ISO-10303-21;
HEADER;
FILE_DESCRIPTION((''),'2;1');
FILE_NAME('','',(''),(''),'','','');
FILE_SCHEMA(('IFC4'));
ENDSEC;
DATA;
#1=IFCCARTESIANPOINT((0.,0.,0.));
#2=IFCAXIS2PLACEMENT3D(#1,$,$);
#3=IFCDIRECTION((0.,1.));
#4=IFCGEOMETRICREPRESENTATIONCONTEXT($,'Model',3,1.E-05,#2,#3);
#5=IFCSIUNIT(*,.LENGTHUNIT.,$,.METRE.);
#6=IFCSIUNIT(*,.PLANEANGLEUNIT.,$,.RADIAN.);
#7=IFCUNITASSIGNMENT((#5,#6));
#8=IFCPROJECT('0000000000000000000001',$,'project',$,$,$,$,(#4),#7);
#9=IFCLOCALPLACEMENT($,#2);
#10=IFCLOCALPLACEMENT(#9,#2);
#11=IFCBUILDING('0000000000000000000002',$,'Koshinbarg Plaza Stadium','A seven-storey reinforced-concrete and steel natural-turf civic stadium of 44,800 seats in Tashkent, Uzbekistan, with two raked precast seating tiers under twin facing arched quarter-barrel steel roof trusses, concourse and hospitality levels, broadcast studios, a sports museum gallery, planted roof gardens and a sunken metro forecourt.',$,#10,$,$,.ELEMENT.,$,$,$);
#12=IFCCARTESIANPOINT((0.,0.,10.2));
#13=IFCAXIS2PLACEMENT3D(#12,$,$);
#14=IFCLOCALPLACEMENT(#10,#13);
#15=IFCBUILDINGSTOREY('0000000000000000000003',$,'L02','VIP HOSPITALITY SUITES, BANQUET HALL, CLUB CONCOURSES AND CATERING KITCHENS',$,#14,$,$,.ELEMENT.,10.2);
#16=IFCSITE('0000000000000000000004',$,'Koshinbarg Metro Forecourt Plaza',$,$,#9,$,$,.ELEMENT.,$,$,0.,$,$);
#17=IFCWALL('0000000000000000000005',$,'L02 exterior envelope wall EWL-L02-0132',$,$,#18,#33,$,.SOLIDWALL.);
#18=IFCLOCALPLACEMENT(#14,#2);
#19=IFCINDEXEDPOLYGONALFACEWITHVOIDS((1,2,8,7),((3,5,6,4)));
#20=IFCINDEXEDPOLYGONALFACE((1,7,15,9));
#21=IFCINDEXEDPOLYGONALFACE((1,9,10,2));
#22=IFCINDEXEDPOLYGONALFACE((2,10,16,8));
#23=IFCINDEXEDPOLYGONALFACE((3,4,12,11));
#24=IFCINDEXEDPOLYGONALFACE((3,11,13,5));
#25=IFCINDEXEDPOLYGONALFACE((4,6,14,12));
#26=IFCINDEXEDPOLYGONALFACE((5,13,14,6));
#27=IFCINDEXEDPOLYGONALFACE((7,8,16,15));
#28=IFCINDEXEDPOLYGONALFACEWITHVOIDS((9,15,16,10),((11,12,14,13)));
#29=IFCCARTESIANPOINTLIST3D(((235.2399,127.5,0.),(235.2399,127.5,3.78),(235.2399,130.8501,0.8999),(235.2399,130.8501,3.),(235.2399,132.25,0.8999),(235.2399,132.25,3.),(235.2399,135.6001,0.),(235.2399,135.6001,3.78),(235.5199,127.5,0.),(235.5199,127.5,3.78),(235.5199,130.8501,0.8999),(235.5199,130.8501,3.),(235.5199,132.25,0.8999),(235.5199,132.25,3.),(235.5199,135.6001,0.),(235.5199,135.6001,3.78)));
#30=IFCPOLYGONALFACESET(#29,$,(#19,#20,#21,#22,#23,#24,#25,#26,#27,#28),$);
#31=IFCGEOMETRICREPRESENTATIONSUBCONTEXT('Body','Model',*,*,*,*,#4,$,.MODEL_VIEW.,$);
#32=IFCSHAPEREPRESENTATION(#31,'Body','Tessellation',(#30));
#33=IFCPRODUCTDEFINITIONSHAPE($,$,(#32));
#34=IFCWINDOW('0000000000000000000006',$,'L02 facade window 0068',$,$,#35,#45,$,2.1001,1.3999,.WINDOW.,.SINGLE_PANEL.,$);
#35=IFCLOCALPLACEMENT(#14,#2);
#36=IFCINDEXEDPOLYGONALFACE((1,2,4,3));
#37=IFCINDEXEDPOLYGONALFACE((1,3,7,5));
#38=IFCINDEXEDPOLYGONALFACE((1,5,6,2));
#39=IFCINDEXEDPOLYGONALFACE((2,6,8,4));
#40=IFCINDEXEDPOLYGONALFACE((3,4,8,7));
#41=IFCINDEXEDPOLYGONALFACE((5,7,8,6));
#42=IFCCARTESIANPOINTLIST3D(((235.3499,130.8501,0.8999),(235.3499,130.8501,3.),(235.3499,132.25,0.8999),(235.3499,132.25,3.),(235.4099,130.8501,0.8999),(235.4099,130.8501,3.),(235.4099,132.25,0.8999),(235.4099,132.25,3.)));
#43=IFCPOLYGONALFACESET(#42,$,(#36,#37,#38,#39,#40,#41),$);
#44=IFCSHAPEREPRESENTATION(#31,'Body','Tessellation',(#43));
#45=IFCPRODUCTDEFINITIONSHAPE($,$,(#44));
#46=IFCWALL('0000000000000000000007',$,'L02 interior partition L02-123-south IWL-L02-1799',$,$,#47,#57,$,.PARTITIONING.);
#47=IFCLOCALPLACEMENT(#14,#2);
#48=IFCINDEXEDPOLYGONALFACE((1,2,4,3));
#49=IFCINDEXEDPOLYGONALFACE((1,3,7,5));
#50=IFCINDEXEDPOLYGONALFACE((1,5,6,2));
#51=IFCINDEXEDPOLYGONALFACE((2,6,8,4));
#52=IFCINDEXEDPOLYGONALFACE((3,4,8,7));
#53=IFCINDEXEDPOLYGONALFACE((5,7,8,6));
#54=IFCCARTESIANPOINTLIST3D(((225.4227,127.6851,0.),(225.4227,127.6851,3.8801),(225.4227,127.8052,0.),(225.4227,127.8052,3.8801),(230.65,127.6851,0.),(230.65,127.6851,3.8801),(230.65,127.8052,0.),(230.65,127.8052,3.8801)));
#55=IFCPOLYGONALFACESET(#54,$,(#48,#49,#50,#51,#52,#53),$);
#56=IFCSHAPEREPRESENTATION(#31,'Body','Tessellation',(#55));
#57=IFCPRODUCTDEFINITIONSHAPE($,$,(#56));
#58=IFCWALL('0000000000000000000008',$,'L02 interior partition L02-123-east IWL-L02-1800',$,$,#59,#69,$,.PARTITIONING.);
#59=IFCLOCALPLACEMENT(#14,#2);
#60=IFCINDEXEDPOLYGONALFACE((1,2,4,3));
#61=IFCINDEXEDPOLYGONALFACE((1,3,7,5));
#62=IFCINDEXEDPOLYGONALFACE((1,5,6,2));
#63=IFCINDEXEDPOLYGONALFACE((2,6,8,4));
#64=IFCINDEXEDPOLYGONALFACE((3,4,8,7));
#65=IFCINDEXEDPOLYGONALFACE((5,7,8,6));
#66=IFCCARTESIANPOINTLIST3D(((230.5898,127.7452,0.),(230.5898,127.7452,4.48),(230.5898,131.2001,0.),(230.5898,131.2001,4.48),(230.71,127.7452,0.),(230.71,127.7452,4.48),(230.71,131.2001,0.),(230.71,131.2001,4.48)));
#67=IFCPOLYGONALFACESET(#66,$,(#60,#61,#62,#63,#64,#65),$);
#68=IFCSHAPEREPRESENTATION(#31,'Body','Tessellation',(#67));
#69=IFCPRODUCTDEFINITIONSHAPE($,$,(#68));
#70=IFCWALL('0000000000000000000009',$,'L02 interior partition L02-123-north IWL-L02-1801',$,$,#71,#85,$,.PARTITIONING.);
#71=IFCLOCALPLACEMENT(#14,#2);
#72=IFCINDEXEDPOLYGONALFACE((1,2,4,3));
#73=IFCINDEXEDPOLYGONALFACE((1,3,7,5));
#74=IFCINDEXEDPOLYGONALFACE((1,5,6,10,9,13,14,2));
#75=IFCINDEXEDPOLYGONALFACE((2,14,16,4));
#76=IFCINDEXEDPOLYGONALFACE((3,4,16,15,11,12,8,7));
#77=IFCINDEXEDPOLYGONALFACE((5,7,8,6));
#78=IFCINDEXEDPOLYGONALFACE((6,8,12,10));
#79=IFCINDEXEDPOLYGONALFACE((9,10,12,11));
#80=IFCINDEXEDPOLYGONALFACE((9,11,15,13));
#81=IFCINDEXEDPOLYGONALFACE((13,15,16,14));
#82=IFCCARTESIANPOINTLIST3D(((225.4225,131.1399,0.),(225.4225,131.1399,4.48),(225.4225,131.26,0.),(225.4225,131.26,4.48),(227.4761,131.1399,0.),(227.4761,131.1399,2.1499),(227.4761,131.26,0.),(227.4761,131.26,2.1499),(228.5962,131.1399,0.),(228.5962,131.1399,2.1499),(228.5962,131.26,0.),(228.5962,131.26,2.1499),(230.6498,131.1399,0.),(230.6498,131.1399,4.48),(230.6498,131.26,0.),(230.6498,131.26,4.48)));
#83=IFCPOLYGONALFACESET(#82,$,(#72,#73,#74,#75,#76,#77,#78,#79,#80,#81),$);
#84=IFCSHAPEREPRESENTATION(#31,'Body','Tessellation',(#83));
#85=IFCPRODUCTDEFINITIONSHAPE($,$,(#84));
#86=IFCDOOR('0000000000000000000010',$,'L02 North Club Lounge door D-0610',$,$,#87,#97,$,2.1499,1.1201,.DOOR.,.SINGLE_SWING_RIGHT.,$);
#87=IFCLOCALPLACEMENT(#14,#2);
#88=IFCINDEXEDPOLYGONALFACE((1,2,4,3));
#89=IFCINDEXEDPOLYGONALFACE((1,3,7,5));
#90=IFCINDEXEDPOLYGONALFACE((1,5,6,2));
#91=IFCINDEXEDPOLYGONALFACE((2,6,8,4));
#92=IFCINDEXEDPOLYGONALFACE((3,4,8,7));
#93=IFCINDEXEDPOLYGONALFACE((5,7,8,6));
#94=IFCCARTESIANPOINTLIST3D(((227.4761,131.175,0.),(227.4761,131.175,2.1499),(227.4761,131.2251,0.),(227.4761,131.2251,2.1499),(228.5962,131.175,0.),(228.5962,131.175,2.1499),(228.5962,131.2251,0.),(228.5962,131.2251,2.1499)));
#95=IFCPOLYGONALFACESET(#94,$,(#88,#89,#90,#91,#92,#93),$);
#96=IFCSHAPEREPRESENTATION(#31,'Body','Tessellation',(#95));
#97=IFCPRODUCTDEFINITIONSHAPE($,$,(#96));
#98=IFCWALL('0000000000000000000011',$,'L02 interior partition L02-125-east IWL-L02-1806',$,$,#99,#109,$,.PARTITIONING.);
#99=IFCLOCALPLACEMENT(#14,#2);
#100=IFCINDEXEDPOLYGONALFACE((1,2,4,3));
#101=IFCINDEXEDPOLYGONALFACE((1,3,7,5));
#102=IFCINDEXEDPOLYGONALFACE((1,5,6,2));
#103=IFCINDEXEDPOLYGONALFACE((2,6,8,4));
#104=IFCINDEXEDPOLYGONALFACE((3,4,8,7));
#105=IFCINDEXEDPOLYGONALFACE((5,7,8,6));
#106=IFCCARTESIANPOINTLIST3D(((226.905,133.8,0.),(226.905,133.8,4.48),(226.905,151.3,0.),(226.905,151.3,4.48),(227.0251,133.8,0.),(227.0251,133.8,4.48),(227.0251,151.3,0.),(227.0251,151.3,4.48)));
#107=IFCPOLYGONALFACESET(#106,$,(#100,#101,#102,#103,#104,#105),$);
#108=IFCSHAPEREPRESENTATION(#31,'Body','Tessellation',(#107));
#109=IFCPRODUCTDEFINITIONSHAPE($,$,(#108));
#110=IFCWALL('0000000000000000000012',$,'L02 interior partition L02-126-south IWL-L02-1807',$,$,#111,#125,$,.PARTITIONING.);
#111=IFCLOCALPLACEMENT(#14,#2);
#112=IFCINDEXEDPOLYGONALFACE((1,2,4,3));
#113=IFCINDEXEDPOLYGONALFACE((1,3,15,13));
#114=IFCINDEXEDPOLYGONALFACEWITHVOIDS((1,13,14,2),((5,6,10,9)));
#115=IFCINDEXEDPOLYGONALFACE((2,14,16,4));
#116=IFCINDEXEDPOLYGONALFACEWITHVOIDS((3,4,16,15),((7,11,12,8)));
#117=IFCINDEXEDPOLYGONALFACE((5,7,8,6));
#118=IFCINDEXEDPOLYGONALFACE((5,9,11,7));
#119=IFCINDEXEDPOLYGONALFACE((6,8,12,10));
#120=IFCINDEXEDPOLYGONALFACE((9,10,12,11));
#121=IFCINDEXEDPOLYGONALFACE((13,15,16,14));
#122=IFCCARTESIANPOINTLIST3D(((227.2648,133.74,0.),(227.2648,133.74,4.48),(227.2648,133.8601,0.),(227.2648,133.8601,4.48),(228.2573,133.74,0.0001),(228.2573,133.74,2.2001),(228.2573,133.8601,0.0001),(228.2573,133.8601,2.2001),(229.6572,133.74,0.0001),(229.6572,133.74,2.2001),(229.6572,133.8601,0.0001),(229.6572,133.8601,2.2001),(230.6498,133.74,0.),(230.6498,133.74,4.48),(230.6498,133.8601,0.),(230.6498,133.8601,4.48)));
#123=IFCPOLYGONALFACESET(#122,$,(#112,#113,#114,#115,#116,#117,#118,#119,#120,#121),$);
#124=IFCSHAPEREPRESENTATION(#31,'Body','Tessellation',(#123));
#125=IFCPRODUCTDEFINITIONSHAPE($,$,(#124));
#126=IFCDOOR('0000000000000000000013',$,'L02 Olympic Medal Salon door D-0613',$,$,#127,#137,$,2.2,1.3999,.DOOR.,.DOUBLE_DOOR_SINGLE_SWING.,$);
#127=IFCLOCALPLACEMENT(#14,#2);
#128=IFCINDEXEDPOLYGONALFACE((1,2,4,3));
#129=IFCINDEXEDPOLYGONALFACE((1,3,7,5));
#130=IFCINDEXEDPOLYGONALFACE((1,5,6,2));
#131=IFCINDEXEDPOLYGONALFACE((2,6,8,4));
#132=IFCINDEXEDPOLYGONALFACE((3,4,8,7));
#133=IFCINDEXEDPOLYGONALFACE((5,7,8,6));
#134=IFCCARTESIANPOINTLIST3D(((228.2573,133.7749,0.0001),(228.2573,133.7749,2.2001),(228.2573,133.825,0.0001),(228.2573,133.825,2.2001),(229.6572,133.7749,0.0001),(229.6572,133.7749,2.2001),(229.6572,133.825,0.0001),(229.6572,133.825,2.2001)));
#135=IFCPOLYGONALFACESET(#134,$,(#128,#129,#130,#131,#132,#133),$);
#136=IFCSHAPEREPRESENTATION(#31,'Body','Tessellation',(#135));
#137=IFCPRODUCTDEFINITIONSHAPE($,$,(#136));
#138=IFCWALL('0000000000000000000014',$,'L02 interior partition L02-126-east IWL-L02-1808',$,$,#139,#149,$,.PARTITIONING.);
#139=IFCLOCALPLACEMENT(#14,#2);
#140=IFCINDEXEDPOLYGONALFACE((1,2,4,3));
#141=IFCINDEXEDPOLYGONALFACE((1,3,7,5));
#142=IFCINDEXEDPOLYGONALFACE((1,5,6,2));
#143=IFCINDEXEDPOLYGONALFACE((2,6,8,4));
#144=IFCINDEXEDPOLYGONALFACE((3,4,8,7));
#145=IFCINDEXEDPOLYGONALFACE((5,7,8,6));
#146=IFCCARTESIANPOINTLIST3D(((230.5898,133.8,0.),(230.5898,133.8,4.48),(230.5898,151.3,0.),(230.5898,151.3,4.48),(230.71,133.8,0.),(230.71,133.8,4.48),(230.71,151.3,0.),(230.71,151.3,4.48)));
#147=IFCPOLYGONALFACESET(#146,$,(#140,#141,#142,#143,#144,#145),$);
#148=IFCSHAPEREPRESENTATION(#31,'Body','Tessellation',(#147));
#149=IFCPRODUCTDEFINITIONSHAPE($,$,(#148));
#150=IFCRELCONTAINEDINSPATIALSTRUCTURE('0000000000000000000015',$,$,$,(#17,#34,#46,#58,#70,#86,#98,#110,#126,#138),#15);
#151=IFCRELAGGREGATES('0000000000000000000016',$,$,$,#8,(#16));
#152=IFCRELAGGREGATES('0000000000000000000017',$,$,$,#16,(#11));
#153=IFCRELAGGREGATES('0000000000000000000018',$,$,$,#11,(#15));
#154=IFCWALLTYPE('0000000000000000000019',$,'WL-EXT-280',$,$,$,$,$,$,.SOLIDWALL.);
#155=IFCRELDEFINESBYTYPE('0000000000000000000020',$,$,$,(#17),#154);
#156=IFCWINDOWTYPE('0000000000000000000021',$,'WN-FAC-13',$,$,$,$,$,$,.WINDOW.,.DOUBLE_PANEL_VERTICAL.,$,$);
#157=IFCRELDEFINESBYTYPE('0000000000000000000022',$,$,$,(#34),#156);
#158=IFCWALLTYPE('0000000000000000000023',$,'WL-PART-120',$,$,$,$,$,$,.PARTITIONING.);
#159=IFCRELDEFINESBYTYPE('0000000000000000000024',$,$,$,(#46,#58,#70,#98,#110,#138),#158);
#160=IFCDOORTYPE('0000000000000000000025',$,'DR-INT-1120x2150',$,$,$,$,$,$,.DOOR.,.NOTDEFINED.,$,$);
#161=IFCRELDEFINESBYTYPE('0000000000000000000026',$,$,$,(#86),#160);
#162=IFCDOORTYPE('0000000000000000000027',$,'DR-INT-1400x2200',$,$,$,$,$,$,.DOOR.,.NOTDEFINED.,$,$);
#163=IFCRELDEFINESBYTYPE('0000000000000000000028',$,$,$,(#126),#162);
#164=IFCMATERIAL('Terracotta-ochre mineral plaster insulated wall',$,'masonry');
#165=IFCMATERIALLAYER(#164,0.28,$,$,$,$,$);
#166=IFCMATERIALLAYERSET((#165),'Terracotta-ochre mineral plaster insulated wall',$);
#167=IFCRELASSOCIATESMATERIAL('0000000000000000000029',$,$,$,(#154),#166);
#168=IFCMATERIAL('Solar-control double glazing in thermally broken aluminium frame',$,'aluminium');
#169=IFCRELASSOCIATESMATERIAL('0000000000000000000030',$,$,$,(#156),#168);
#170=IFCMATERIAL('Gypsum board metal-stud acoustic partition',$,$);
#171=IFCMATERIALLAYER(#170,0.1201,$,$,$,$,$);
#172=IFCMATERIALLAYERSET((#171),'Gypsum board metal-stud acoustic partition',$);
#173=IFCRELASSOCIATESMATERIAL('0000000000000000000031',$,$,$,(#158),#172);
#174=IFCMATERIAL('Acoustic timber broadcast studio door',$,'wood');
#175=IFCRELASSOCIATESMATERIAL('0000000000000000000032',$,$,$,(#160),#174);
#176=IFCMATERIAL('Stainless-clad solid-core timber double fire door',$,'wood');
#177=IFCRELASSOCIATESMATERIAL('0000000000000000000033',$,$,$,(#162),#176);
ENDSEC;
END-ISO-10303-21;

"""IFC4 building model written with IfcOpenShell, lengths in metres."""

from ifc_helpers import new_model, si_unit, direction, frame, frame_2d, origin, place, context, subcontext, project, spatial, rectangle, extrude, material, layer, layer_set, type_object, element, fill, save


model = new_model("IFC4")

# Units and contexts
model_context = context("Model", 3, precision=1e-05, world=origin(), true_north=direction((0.0, 1.0)))
body_context = subcontext(model_context, "Body", "Model", "MODEL_VIEW")
ifc_project = project(units=[si_unit("LENGTHUNIT", "METRE"), si_unit("PLANEANGLEUNIT", "RADIAN")], contexts=[model_context])

# Site, building, storey
site_placement = place(None, origin())
site = spatial("IfcSite", under=ifc_project, at=site_placement, Name="Koshinbarg Metro Forecourt Plaza", CompositionType="ELEMENT", RefElevation=0.0)
building_placement = place(site_placement, origin())
building = spatial("IfcBuilding", under=site, at=building_placement, Name="Koshinbarg Plaza Stadium", Description="A seven-storey reinforced-concrete and steel natural-turf civic stadium of 44,800 seats in Tashkent, Uzbekistan, with two raked precast seating tiers under twin facing arched quarter-barrel steel roof trusses, concourse and hospitality levels, broadcast studios, a sports museum gallery, planted roof gardens and a sunken metro forecourt.", CompositionType="ELEMENT")
storey_placement = place(building_placement, frame((0.0, 0.0, 10.2)))
storey = spatial("IfcBuildingStorey", under=building, at=storey_placement, Name="L02", Description="VIP HOSPITALITY SUITES, BANQUET HALL, CLUB CONCOURSES AND CATERING KITCHENS", CompositionType="ELEMENT", Elevation=10.2)

# Wall, opening, window
ifc_material_1 = material(Name="Terracotta-ochre mineral plaster insulated wall", Category="masonry")
ifc_layer_1 = layer(ifc_material_1, 0.28)
ifc_layer_set_1 = layer_set([ifc_layer_1], Name="Terracotta-ochre mineral plaster insulated wall")
wall_type_1 = type_object("IfcWallType", Name="WL-EXT-280", PredefinedType="SOLIDWALL", material=ifc_layer_set_1)
wall_1_placement = place(storey_placement, frame((235.3799, 135.6001, 0.0), z_axis=(0.0, 0.0, 1.0), x_axis=(0.0, -1.0, 0.0)))
wall_1 = element("IfcWall", 1, at=wall_1_placement, inside=storey, type_object=wall_type_1, Name="L02 exterior envelope wall EWL-L02-0132", PredefinedType="SOLIDWALL", context=body_context, shape_type="SweptSolid", body=[
    extrude(rectangle(XDim=8.1001, YDim=0.28, at=frame_2d((4.05, 0.0))), origin(), (0.0, 0.0, 1.0), 3.78),
])
opening_1_placement = place(wall_1_placement, frame((3.3501, 0.0, 0.8999)))
opening_1 = element("IfcOpeningElement", 2, at=opening_1_placement, cuts=wall_1, PredefinedType="OPENING", context=body_context, shape_type="SweptSolid", body=[
    extrude(rectangle(XDim=1.3999, YDim=2.1001, at=frame_2d((0.7, 1.05))), frame((0.0, 0.1499, 0.0), z_axis=(0.0, -1.0, 0.0), x_axis=(1.0, 0.0, 0.0)), (0.0, 0.0, 1.0), 0.3),
])
ifc_material_2 = material(Name="Solar-control double glazing in thermally broken aluminium frame", Category="aluminium")
window_type = type_object("IfcWindowType", Name="WN-FAC-13", PartitioningType="DOUBLE_PANEL_VERTICAL", PredefinedType="WINDOW", material=ifc_material_2)
window_placement = place(opening_1_placement, origin())
window = element("IfcWindow", 3, at=window_placement, inside=storey, type_object=window_type, Name="L02 facade window 0068", OverallHeight=2.1001, OverallWidth=1.3999, PartitioningType="SINGLE_PANEL", PredefinedType="WINDOW", context=body_context, shape_type="SweptSolid", body=[
    extrude(rectangle(XDim=1.3999, YDim=2.1001, at=frame_2d((0.7, 1.05))), frame((0.0, 0.03, 0.0), z_axis=(0.0, -1.0, 0.0), x_axis=(1.0, 0.0, 0.0)), (0.0, 0.0, 1.0), 0.0601),
])
fill(opening_1, window)

# Walls
ifc_material_3 = material(Name="Gypsum board metal-stud acoustic partition")
ifc_layer_2 = layer(ifc_material_3, 0.1201)
ifc_layer_set_2 = layer_set([ifc_layer_2], Name="Gypsum board metal-stud acoustic partition")
wall_type_2 = type_object("IfcWallType", Name="WL-PART-120", PredefinedType="PARTITIONING", material=ifc_layer_set_2)
wall_2_placement = place(storey_placement, frame((225.4226, 127.7451, 0.0), z_axis=(0.0, 0.0, 1.0), x_axis=(1.0, 0.0, 0.0)))
element("IfcWall", 4, at=wall_2_placement, inside=storey, type_object=wall_type_2, Name="L02 interior partition L02-123-south IWL-L02-1799", PredefinedType="PARTITIONING", context=body_context, shape_type="SweptSolid", body=[
    extrude(rectangle(XDim=5.2273, YDim=0.1201, at=frame_2d((2.6138, 0.0))), origin(), (0.0, 0.0, 1.0), 3.8801),
])
wall_3_placement = place(storey_placement, frame((230.6499, 127.7451, 0.0), z_axis=(0.0, 0.0, 1.0), x_axis=(0.0, 1.0, 0.0)))
element("IfcWall", 5, at=wall_3_placement, inside=storey, type_object=wall_type_2, Name="L02 interior partition L02-123-east IWL-L02-1800", PredefinedType="PARTITIONING", context=body_context, shape_type="SweptSolid", body=[
    extrude(rectangle(XDim=3.4548, YDim=0.1201, at=frame_2d((1.7275, 0.0))), origin(), (0.0, 0.0, 1.0), 4.48),
])

# Wall, opening, door
wall_4_placement = place(storey_placement, frame((230.6499, 131.2, 0.0), z_axis=(0.0, 0.0, 1.0), x_axis=(-1.0, 0.0, 0.0)))
wall_4 = element("IfcWall", 6, at=wall_4_placement, inside=storey, type_object=wall_type_2, Name="L02 interior partition L02-123-north IWL-L02-1801", PredefinedType="PARTITIONING", context=body_context, shape_type="SweptSolid", body=[
    extrude(rectangle(XDim=5.2273, YDim=0.1201, at=frame_2d((2.6138, 0.0))), origin(), (0.0, 0.0, 1.0), 4.48),
])
opening_2_placement = place(wall_4_placement, frame((2.0537, 0.0, 0.0)))
opening_2 = element("IfcOpeningElement", 7, at=opening_2_placement, cuts=wall_4, PredefinedType="OPENING", context=body_context, shape_type="SweptSolid", body=[
    extrude(rectangle(XDim=1.1201, YDim=2.1499, at=frame_2d((0.5601, 1.075))), frame((0.0, 0.0701, 0.0), z_axis=(0.0, -1.0, 0.0), x_axis=(1.0, 0.0, 0.0)), (0.0, 0.0, 1.0), 0.1401),
])
ifc_material_4 = material(Name="Acoustic timber broadcast studio door", Category="wood")
door_type_1 = type_object("IfcDoorType", Name="DR-INT-1120x2150", OperationType="NOTDEFINED", PredefinedType="DOOR", material=ifc_material_4)
door_1_placement = place(opening_2_placement, origin())
door_1 = element("IfcDoor", 8, at=door_1_placement, inside=storey, type_object=door_type_1, Name="L02 North Club Lounge door D-0610", OperationType="SINGLE_SWING_RIGHT", OverallHeight=2.1499, OverallWidth=1.1201, PredefinedType="DOOR", context=body_context, shape_type="SweptSolid", body=[
    extrude(rectangle(XDim=1.1201, YDim=2.1499, at=frame_2d((0.5601, 1.075))), frame((0.0, 0.0249, 0.0), z_axis=(0.0, -1.0, 0.0), x_axis=(1.0, 0.0, 0.0)), (0.0, 0.0, 1.0), 0.05),
])
fill(opening_2, door_1)

# Wall
wall_5_placement = place(storey_placement, frame((226.9651, 133.8, 0.0), z_axis=(0.0, 0.0, 1.0), x_axis=(0.0, 1.0, 0.0)))
element("IfcWall", 9, at=wall_5_placement, inside=storey, type_object=wall_type_2, Name="L02 interior partition L02-125-east IWL-L02-1806", PredefinedType="PARTITIONING", context=body_context, shape_type="SweptSolid", body=[
    extrude(rectangle(XDim=17.5, YDim=0.1201, at=frame_2d((8.75, 0.0))), origin(), (0.0, 0.0, 1.0), 4.48),
])

# Wall, opening, door
wall_6_placement = place(storey_placement, frame((227.2649, 133.8, 0.0), z_axis=(0.0, 0.0, 1.0), x_axis=(1.0, 0.0, 0.0)))
wall_6 = element("IfcWall", 10, at=wall_6_placement, inside=storey, type_object=wall_type_2, Name="L02 interior partition L02-126-south IWL-L02-1807", PredefinedType="PARTITIONING", context=body_context, shape_type="SweptSolid", body=[
    extrude(rectangle(XDim=3.385, YDim=0.1201, at=frame_2d((1.6924, 0.0))), origin(), (0.0, 0.0, 1.0), 4.48),
])
opening_3_placement = place(wall_6_placement, frame((0.9924, 0.0, 0.0)))
opening_3 = element("IfcOpeningElement", 11, at=opening_3_placement, cuts=wall_6, PredefinedType="OPENING", context=body_context, shape_type="SweptSolid", body=[
    extrude(rectangle(XDim=1.3999, YDim=2.2, at=frame_2d((0.7, 1.1001))), frame((0.0, 0.0701, 0.0), z_axis=(0.0, -1.0, 0.0), x_axis=(1.0, 0.0, 0.0)), (0.0, 0.0, 1.0), 0.1401),
])
ifc_material_5 = material(Name="Stainless-clad solid-core timber double fire door", Category="wood")
door_type_2 = type_object("IfcDoorType", Name="DR-INT-1400x2200", OperationType="NOTDEFINED", PredefinedType="DOOR", material=ifc_material_5)
door_2_placement = place(opening_3_placement, origin())
door_2 = element("IfcDoor", 12, at=door_2_placement, inside=storey, type_object=door_type_2, Name="L02 Olympic Medal Salon door D-0613", OperationType="DOUBLE_DOOR_SINGLE_SWING", OverallHeight=2.2, OverallWidth=1.3999, PredefinedType="DOOR", context=body_context, shape_type="SweptSolid", body=[
    extrude(rectangle(XDim=1.3999, YDim=2.2, at=frame_2d((0.7, 1.1001))), frame((0.0, 0.0249, 0.0), z_axis=(0.0, -1.0, 0.0), x_axis=(1.0, 0.0, 0.0)), (0.0, 0.0, 1.0), 0.05),
])
fill(opening_3, door_2)

# Wall
wall_7_placement = place(storey_placement, frame((230.6499, 133.8, 0.0), z_axis=(0.0, 0.0, 1.0), x_axis=(0.0, 1.0, 0.0)))
element("IfcWall", 13, at=wall_7_placement, inside=storey, type_object=wall_type_2, Name="L02 interior partition L02-126-east IWL-L02-1808", PredefinedType="PARTITIONING", context=body_context, shape_type="SweptSolid", body=[
    extrude(rectangle(XDim=17.5, YDim=0.1201, at=frame_2d((8.75, 0.0))), origin(), (0.0, 0.0, 1.0), 4.48),
])

save(model, "model.ifc")
